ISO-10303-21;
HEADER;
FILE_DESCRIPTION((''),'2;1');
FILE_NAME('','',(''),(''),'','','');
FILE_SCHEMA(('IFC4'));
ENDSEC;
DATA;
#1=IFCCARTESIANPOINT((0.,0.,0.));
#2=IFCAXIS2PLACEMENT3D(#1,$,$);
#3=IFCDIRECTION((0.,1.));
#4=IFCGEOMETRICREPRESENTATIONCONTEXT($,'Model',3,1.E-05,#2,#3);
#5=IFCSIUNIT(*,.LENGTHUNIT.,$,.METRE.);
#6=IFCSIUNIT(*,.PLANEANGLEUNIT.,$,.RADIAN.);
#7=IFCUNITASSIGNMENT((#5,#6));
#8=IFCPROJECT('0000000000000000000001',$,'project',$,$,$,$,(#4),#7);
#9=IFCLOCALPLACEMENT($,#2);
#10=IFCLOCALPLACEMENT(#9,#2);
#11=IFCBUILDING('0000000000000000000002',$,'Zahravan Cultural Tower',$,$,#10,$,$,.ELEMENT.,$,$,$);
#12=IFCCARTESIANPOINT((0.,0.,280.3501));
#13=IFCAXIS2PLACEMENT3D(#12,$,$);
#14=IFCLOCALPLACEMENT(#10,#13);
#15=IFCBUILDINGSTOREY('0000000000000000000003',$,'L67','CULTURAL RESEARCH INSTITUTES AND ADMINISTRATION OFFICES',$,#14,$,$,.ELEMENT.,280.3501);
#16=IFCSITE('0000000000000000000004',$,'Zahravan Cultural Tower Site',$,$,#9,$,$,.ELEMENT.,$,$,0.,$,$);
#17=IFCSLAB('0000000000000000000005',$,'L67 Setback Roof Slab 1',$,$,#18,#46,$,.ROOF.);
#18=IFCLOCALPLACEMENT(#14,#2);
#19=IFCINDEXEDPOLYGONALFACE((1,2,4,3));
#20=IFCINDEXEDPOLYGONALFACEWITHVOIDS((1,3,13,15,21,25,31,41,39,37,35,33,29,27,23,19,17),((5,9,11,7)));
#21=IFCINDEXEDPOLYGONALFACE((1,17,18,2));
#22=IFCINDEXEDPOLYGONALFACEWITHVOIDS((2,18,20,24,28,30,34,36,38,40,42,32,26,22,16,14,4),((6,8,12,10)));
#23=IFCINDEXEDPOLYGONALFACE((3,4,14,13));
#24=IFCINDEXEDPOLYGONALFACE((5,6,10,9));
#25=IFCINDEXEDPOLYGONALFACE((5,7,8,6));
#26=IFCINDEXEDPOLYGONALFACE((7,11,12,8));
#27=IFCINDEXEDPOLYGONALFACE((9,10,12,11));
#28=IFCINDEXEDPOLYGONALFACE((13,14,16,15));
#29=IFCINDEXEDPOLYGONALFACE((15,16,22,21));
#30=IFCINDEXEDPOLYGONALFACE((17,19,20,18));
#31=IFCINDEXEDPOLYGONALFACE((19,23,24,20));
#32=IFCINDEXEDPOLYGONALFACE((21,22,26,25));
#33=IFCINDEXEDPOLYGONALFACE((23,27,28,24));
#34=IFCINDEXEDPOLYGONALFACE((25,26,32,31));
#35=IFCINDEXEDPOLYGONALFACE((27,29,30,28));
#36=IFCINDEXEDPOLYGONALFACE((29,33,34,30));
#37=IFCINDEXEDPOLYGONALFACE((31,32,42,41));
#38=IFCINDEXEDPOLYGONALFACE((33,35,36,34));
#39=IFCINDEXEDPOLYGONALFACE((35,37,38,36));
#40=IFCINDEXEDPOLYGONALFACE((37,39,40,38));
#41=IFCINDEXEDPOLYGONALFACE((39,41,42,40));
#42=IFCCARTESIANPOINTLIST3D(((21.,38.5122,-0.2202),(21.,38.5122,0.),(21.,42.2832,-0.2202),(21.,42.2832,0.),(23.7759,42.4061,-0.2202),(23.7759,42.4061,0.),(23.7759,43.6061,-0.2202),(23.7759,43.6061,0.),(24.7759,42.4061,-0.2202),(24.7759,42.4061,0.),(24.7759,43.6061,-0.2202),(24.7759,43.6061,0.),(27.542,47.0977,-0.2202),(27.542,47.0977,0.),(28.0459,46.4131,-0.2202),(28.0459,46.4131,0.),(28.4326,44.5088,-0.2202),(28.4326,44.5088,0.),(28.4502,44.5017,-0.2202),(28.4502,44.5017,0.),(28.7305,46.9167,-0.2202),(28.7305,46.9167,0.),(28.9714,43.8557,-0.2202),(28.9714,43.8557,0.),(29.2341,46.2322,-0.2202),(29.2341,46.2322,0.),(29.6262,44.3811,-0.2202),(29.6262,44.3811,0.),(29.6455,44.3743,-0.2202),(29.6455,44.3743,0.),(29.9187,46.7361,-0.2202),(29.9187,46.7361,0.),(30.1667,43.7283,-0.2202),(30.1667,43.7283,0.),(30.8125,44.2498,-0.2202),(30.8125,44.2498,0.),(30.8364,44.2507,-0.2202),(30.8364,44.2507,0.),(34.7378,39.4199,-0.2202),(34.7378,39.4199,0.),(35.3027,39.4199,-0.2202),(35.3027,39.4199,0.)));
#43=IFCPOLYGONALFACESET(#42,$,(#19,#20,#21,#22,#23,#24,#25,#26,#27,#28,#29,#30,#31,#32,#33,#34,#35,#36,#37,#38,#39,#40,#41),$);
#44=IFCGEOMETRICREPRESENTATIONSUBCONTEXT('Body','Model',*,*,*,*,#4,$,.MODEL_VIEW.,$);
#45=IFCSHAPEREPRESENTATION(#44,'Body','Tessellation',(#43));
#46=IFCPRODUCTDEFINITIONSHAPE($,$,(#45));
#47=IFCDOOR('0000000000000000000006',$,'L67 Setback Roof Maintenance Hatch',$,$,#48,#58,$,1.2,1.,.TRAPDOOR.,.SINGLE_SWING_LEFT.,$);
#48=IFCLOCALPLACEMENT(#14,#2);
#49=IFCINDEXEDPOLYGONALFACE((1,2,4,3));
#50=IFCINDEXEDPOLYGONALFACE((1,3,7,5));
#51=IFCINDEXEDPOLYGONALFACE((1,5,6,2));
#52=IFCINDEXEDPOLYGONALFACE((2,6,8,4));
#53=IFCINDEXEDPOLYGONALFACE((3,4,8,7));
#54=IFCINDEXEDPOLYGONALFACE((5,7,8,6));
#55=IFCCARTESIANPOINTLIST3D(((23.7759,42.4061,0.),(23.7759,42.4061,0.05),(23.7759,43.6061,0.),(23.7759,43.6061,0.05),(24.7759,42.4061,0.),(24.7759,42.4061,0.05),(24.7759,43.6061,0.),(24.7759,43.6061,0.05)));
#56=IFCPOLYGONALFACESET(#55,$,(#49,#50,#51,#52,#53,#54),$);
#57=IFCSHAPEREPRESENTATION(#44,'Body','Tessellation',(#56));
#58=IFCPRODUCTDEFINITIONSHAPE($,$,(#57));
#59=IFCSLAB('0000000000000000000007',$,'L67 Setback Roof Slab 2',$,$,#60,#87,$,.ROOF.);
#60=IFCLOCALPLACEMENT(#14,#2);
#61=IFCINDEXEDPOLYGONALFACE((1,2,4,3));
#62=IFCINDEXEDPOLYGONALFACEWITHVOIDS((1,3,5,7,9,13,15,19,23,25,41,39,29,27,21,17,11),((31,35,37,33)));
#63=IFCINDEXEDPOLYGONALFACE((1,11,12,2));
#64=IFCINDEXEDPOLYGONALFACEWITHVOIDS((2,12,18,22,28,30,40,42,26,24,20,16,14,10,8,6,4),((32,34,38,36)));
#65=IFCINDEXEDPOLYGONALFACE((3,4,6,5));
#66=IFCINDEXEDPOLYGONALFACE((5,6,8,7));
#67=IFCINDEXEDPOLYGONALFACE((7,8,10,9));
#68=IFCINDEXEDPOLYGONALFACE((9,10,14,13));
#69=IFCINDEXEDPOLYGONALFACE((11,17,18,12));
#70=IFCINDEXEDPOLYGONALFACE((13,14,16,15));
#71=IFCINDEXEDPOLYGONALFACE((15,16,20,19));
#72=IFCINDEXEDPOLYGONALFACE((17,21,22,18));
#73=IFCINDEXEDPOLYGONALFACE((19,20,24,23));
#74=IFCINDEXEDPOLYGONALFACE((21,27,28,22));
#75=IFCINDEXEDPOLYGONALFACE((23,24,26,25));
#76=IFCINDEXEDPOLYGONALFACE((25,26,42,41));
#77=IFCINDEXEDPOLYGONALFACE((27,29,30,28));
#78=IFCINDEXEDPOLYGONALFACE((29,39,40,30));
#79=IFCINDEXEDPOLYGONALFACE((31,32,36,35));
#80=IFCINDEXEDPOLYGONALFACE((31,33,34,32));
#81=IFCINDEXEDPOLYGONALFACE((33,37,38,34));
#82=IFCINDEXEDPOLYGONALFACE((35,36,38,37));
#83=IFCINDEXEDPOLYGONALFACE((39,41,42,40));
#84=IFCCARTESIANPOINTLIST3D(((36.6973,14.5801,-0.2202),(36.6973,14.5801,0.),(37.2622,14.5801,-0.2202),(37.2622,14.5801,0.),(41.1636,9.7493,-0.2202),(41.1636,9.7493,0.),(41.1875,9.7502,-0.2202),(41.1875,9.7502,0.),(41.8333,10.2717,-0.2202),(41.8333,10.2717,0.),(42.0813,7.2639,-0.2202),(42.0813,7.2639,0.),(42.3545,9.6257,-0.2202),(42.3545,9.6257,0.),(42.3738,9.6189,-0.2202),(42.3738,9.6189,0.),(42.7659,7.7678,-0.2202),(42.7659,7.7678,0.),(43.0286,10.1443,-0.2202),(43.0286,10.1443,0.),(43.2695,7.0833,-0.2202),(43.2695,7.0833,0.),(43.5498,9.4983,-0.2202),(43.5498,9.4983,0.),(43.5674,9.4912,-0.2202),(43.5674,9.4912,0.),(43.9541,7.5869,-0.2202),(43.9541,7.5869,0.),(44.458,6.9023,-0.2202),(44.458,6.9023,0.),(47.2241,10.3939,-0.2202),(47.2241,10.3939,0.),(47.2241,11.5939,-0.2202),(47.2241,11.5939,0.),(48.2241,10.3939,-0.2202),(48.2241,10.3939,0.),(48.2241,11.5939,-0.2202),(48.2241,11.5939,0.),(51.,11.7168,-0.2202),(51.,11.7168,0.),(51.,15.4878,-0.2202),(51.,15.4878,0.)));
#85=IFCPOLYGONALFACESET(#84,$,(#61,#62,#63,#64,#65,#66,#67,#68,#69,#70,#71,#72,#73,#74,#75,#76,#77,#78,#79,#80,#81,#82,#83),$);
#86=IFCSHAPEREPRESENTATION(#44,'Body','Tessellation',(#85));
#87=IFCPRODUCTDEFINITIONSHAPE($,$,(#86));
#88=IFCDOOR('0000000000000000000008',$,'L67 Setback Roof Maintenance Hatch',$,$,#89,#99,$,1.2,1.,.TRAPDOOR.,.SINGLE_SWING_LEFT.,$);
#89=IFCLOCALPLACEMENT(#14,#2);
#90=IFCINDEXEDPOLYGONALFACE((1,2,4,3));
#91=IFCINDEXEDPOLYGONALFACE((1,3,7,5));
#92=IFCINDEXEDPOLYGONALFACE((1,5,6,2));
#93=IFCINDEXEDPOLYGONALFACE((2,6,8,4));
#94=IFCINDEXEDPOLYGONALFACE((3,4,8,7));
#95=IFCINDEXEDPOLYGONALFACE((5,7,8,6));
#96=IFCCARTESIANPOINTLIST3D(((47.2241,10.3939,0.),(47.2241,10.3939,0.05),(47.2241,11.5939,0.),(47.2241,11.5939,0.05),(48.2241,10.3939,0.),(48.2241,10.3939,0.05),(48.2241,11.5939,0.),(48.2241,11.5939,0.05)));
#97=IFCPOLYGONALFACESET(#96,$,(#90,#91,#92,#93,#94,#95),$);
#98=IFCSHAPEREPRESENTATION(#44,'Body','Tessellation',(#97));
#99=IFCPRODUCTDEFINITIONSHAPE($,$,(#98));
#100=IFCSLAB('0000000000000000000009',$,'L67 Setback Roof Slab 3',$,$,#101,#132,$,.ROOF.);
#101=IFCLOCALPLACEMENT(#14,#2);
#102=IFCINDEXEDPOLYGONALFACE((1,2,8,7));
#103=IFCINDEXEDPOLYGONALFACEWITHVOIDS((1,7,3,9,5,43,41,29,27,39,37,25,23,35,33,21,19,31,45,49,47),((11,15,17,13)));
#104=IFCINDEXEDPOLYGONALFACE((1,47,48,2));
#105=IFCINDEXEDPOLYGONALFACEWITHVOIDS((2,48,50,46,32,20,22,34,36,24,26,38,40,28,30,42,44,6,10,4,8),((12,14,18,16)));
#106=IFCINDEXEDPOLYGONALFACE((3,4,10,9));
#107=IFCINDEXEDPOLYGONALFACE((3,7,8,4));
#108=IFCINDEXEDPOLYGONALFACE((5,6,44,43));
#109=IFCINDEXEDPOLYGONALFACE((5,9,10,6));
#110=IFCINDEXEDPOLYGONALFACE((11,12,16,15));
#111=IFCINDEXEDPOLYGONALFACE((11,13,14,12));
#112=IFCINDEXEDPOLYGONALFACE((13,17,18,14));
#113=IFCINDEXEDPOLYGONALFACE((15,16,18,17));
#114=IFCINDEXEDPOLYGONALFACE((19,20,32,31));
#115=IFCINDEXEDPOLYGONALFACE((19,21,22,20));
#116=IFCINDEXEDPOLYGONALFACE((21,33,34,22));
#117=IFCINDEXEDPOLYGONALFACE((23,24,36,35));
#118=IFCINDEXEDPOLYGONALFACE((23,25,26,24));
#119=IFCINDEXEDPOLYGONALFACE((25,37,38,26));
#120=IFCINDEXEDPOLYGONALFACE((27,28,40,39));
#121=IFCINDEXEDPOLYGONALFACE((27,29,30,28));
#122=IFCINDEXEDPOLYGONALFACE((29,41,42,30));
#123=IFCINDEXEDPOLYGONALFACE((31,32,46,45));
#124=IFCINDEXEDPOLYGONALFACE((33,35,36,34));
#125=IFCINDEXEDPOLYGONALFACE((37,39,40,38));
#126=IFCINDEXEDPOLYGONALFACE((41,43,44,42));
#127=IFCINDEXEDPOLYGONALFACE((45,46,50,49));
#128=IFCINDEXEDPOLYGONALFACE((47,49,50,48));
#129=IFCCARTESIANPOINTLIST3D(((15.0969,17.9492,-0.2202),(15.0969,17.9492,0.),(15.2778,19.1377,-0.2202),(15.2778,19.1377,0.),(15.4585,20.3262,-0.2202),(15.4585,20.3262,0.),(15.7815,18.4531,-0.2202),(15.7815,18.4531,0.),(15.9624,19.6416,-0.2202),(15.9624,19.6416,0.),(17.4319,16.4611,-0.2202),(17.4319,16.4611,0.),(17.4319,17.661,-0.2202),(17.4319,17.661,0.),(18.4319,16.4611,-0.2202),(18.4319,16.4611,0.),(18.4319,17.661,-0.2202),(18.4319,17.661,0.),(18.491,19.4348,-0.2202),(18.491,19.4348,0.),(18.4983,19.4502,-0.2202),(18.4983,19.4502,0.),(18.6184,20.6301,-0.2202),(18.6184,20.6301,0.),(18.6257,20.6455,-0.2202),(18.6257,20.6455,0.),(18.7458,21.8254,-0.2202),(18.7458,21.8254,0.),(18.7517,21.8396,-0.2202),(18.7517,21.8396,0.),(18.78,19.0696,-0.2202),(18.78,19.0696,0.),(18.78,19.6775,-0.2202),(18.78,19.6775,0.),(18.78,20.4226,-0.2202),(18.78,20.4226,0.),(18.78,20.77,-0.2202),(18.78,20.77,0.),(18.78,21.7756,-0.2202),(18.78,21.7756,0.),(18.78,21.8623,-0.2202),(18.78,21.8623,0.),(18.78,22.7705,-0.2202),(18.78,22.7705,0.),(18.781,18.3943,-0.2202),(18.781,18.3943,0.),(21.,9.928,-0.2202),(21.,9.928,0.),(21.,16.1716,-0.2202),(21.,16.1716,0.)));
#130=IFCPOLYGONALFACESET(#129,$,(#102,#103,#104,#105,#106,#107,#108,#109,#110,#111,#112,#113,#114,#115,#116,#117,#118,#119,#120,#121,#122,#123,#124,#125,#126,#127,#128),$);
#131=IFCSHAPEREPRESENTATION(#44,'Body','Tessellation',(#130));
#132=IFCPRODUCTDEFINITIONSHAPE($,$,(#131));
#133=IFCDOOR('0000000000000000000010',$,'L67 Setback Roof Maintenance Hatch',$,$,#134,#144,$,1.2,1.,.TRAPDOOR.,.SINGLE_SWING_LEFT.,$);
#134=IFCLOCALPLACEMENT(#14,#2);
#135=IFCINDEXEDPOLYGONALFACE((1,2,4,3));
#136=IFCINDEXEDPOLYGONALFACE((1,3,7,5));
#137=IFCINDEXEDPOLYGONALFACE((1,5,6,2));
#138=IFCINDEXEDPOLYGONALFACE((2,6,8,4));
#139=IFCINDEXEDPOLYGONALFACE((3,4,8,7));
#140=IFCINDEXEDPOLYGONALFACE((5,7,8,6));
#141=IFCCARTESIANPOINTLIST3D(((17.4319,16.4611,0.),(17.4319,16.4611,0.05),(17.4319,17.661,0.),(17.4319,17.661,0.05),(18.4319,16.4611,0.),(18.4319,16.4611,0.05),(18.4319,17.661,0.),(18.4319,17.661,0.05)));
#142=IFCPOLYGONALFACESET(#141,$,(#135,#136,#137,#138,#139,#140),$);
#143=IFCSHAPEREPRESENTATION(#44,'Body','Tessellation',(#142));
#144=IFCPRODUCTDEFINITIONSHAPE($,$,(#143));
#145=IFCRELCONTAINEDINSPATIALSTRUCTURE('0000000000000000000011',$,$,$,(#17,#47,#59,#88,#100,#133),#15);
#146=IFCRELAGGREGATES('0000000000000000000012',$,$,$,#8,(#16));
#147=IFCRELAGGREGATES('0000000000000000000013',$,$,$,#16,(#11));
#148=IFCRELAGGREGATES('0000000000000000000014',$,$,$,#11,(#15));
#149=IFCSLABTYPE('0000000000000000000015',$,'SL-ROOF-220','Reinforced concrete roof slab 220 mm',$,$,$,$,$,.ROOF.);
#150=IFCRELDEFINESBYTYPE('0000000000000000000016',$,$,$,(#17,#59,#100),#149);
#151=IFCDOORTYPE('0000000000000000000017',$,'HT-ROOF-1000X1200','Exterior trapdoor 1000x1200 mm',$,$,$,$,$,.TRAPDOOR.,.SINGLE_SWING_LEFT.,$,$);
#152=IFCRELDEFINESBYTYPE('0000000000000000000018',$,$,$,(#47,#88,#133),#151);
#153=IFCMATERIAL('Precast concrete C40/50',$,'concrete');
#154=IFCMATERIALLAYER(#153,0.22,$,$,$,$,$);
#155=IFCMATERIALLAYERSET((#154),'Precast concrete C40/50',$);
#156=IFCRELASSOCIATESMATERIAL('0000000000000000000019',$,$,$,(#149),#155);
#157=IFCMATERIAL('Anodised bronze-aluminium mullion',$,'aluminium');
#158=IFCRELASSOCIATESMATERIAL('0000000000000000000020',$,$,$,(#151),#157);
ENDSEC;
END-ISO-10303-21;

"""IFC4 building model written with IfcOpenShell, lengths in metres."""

from ifc_helpers import new_model, si_unit, direction, frame, origin, origin_2d, place, context, subcontext, project, spatial, polyline, rectangle, outline, extrude, material, layer, layer_set, type_object, element, fill, save


model = new_model("IFC4")

# Units and contexts
model_context = context("Model", 3, precision=1e-05, world=origin(), true_north=direction((0.0, 1.0)))
body_context = subcontext(model_context, "Body", "Model", "MODEL_VIEW")
ifc_project = project(units=[si_unit("LENGTHUNIT", "METRE"), si_unit("PLANEANGLEUNIT", "RADIAN")], contexts=[model_context])

# Site, building, storey
site_placement = place(None, origin())
site = spatial("IfcSite", under=ifc_project, at=site_placement, Name="Zahravan Cultural Tower Site", CompositionType="ELEMENT", RefElevation=0.0)
building_placement = place(site_placement, origin())
building = spatial("IfcBuilding", under=site, at=building_placement, Name="Zahravan Cultural Tower", CompositionType="ELEMENT")
storey_placement = place(building_placement, frame((0.0, 0.0, 280.3501)))
storey = spatial("IfcBuildingStorey", under=building, at=storey_placement, Name="L67", Description="CULTURAL RESEARCH INSTITUTES AND ADMINISTRATION OFFICES", CompositionType="ELEMENT", Elevation=280.3501)

# Slabs, openings, doors
ifc_material_1 = material(Name="Precast concrete C40/50", Category="concrete")
ifc_layer_1 = layer(ifc_material_1, 0.22)
ifc_layer_set_1 = layer_set([ifc_layer_1], Name="Precast concrete C40/50")
slab_type_1 = type_object("IfcSlabType", Name="SL-ROOF-220", Description="Reinforced concrete roof slab 220 mm", PredefinedType="ROOF", material=ifc_layer_set_1)
slab_1_placement = place(storey_placement, frame((0.0, 0.0, -0.2202)))
slab_1 = element("IfcSlab", 1, at=slab_1_placement, inside=storey, type_object=slab_type_1, Name="L67 Setback Roof Slab 1", PredefinedType="ROOF", context=body_context, shape_type="SweptSolid", body=[
    extrude(outline(polyline([(21.0, 42.2832), (21.0, 38.5122), (28.4326, 44.5088), (28.4502, 44.5017), (28.9714, 43.8557), (29.6262, 44.3811), (29.6455, 44.3743), (30.1667, 43.7283), (30.8125, 44.2498), (30.8364, 44.2507), (34.7378, 39.4199), (35.3027, 39.4199), (29.9187, 46.7361), (29.2341, 46.2322), (28.7305, 46.9167), (28.0459, 46.4131), (27.542, 47.0977), (21.0, 42.2832)])), origin(), (0.0, 0.0, 1.0), 0.2202),
])
opening_1_placement = place(slab_1_placement, frame((24.2759, 43.0061, 0.0)))
opening_1 = element("IfcOpeningElement", 2, at=opening_1_placement, cuts=slab_1, PredefinedType="OPENING", context=body_context, shape_type="SweptSolid", body=[
    extrude(rectangle(XDim=1.0, YDim=1.2, at=origin_2d()), frame((0.0, 0.0, -0.01), z_axis=(0.0, 0.0, 1.0), x_axis=(1.0, 0.0, 0.0)), (0.0, 0.0, 1.0), 0.3103),
])
ifc_material_2 = material(Name="Anodised bronze-aluminium mullion", Category="aluminium")
door_type = type_object("IfcDoorType", Name="HT-ROOF-1000X1200", Description="Exterior trapdoor 1000x1200 mm", OperationType="SINGLE_SWING_LEFT", PredefinedType="TRAPDOOR", material=ifc_material_2)
door_1_placement = place(opening_1_placement, frame((0.0, 0.0, 0.2202)))
door_1 = element("IfcDoor", 3, at=door_1_placement, inside=storey, type_object=door_type, Name="L67 Setback Roof Maintenance Hatch", OperationType="SINGLE_SWING_LEFT", OverallHeight=1.2, OverallWidth=1.0, PredefinedType="TRAPDOOR", context=body_context, shape_type="SweptSolid", body=[
    extrude(rectangle(XDim=1.0, YDim=1.2, at=origin_2d()), origin(), (0.0, 0.0, 1.0), 0.05),
])
fill(opening_1, door_1)
slab_2_placement = place(storey_placement, frame((0.0, 0.0, -0.2202)))
slab_2 = element("IfcSlab", 4, at=slab_2_placement, inside=storey, type_object=slab_type_1, Name="L67 Setback Roof Slab 2", PredefinedType="ROOF", context=body_context, shape_type="SweptSolid", body=[
    extrude(outline(polyline([(51.0, 11.7168), (51.0, 15.4878), (43.5674, 9.4912), (43.5498, 9.4983), (43.0286, 10.1443), (42.3738, 9.6189), (42.3545, 9.6257), (41.8333, 10.2717), (41.1875, 9.7502), (41.1636, 9.7493), (37.2622, 14.5801), (36.6973, 14.5801), (42.0813, 7.2639), (42.7659, 7.7678), (43.2695, 7.0833), (43.9541, 7.5869), (44.458, 6.9023), (51.0, 11.7168)])), origin(), (0.0, 0.0, 1.0), 0.2202),
])
opening_2_placement = place(slab_2_placement, frame((47.7241, 10.9939, 0.0)))
opening_2 = element("IfcOpeningElement", 5, at=opening_2_placement, cuts=slab_2, PredefinedType="OPENING", context=body_context, shape_type="SweptSolid", body=[
    extrude(rectangle(XDim=1.0, YDim=1.2, at=origin_2d()), frame((0.0, 0.0, -0.01), z_axis=(0.0, 0.0, 1.0), x_axis=(1.0, 0.0, 0.0)), (0.0, 0.0, 1.0), 0.3103),
])
door_2_placement = place(opening_2_placement, frame((0.0, 0.0, 0.2202)))
door_2 = element("IfcDoor", 6, at=door_2_placement, inside=storey, type_object=door_type, Name="L67 Setback Roof Maintenance Hatch", OperationType="SINGLE_SWING_LEFT", OverallHeight=1.2, OverallWidth=1.0, PredefinedType="TRAPDOOR", context=body_context, shape_type="SweptSolid", body=[
    extrude(rectangle(XDim=1.0, YDim=1.2, at=origin_2d()), origin(), (0.0, 0.0, 1.0), 0.05),
])
fill(opening_2, door_2)
slab_3_placement = place(storey_placement, frame((0.0, 0.0, -0.2202)))
slab_3 = element("IfcSlab", 7, at=slab_3_placement, inside=storey, type_object=slab_type_1, Name="L67 Setback Roof Slab 3", PredefinedType="ROOF", context=body_context, shape_type="SweptSolid", body=[
    extrude(outline(polyline([(21.0, 9.928), (21.0, 16.1716), (18.781, 18.3943), (18.78, 19.0696), (18.491, 19.4348), (18.4983, 19.4502), (18.78, 19.6775), (18.78, 20.4226), (18.6184, 20.6301), (18.6257, 20.6455), (18.78, 20.77), (18.78, 21.7756), (18.7458, 21.8254), (18.7517, 21.8396), (18.78, 21.8623), (18.78, 22.7705), (15.4585, 20.3262), (15.9624, 19.6416), (15.2778, 19.1377), (15.7815, 18.4531), (15.0969, 17.9492), (21.0, 9.928)])), origin(), (0.0, 0.0, 1.0), 0.2202),
])
opening_3_placement = place(slab_3_placement, frame((17.9319, 17.061, 0.0)))
opening_3 = element("IfcOpeningElement", 8, at=opening_3_placement, cuts=slab_3, PredefinedType="OPENING", context=body_context, shape_type="SweptSolid", body=[
    extrude(rectangle(XDim=1.0, YDim=1.2, at=origin_2d()), frame((0.0, 0.0, -0.01), z_axis=(0.0, 0.0, 1.0), x_axis=(1.0, 0.0, 0.0)), (0.0, 0.0, 1.0), 0.3103),
])
door_3_placement = place(opening_3_placement, frame((0.0, 0.0, 0.2202)))
door_3 = element("IfcDoor", 9, at=door_3_placement, inside=storey, type_object=door_type, Name="L67 Setback Roof Maintenance Hatch", OperationType="SINGLE_SWING_LEFT", OverallHeight=1.2, OverallWidth=1.0, PredefinedType="TRAPDOOR", context=body_context, shape_type="SweptSolid", body=[
    extrude(rectangle(XDim=1.0, YDim=1.2, at=origin_2d()), origin(), (0.0, 0.0, 1.0), 0.05),
])
fill(opening_3, door_3)

save(model, "model.ifc")
